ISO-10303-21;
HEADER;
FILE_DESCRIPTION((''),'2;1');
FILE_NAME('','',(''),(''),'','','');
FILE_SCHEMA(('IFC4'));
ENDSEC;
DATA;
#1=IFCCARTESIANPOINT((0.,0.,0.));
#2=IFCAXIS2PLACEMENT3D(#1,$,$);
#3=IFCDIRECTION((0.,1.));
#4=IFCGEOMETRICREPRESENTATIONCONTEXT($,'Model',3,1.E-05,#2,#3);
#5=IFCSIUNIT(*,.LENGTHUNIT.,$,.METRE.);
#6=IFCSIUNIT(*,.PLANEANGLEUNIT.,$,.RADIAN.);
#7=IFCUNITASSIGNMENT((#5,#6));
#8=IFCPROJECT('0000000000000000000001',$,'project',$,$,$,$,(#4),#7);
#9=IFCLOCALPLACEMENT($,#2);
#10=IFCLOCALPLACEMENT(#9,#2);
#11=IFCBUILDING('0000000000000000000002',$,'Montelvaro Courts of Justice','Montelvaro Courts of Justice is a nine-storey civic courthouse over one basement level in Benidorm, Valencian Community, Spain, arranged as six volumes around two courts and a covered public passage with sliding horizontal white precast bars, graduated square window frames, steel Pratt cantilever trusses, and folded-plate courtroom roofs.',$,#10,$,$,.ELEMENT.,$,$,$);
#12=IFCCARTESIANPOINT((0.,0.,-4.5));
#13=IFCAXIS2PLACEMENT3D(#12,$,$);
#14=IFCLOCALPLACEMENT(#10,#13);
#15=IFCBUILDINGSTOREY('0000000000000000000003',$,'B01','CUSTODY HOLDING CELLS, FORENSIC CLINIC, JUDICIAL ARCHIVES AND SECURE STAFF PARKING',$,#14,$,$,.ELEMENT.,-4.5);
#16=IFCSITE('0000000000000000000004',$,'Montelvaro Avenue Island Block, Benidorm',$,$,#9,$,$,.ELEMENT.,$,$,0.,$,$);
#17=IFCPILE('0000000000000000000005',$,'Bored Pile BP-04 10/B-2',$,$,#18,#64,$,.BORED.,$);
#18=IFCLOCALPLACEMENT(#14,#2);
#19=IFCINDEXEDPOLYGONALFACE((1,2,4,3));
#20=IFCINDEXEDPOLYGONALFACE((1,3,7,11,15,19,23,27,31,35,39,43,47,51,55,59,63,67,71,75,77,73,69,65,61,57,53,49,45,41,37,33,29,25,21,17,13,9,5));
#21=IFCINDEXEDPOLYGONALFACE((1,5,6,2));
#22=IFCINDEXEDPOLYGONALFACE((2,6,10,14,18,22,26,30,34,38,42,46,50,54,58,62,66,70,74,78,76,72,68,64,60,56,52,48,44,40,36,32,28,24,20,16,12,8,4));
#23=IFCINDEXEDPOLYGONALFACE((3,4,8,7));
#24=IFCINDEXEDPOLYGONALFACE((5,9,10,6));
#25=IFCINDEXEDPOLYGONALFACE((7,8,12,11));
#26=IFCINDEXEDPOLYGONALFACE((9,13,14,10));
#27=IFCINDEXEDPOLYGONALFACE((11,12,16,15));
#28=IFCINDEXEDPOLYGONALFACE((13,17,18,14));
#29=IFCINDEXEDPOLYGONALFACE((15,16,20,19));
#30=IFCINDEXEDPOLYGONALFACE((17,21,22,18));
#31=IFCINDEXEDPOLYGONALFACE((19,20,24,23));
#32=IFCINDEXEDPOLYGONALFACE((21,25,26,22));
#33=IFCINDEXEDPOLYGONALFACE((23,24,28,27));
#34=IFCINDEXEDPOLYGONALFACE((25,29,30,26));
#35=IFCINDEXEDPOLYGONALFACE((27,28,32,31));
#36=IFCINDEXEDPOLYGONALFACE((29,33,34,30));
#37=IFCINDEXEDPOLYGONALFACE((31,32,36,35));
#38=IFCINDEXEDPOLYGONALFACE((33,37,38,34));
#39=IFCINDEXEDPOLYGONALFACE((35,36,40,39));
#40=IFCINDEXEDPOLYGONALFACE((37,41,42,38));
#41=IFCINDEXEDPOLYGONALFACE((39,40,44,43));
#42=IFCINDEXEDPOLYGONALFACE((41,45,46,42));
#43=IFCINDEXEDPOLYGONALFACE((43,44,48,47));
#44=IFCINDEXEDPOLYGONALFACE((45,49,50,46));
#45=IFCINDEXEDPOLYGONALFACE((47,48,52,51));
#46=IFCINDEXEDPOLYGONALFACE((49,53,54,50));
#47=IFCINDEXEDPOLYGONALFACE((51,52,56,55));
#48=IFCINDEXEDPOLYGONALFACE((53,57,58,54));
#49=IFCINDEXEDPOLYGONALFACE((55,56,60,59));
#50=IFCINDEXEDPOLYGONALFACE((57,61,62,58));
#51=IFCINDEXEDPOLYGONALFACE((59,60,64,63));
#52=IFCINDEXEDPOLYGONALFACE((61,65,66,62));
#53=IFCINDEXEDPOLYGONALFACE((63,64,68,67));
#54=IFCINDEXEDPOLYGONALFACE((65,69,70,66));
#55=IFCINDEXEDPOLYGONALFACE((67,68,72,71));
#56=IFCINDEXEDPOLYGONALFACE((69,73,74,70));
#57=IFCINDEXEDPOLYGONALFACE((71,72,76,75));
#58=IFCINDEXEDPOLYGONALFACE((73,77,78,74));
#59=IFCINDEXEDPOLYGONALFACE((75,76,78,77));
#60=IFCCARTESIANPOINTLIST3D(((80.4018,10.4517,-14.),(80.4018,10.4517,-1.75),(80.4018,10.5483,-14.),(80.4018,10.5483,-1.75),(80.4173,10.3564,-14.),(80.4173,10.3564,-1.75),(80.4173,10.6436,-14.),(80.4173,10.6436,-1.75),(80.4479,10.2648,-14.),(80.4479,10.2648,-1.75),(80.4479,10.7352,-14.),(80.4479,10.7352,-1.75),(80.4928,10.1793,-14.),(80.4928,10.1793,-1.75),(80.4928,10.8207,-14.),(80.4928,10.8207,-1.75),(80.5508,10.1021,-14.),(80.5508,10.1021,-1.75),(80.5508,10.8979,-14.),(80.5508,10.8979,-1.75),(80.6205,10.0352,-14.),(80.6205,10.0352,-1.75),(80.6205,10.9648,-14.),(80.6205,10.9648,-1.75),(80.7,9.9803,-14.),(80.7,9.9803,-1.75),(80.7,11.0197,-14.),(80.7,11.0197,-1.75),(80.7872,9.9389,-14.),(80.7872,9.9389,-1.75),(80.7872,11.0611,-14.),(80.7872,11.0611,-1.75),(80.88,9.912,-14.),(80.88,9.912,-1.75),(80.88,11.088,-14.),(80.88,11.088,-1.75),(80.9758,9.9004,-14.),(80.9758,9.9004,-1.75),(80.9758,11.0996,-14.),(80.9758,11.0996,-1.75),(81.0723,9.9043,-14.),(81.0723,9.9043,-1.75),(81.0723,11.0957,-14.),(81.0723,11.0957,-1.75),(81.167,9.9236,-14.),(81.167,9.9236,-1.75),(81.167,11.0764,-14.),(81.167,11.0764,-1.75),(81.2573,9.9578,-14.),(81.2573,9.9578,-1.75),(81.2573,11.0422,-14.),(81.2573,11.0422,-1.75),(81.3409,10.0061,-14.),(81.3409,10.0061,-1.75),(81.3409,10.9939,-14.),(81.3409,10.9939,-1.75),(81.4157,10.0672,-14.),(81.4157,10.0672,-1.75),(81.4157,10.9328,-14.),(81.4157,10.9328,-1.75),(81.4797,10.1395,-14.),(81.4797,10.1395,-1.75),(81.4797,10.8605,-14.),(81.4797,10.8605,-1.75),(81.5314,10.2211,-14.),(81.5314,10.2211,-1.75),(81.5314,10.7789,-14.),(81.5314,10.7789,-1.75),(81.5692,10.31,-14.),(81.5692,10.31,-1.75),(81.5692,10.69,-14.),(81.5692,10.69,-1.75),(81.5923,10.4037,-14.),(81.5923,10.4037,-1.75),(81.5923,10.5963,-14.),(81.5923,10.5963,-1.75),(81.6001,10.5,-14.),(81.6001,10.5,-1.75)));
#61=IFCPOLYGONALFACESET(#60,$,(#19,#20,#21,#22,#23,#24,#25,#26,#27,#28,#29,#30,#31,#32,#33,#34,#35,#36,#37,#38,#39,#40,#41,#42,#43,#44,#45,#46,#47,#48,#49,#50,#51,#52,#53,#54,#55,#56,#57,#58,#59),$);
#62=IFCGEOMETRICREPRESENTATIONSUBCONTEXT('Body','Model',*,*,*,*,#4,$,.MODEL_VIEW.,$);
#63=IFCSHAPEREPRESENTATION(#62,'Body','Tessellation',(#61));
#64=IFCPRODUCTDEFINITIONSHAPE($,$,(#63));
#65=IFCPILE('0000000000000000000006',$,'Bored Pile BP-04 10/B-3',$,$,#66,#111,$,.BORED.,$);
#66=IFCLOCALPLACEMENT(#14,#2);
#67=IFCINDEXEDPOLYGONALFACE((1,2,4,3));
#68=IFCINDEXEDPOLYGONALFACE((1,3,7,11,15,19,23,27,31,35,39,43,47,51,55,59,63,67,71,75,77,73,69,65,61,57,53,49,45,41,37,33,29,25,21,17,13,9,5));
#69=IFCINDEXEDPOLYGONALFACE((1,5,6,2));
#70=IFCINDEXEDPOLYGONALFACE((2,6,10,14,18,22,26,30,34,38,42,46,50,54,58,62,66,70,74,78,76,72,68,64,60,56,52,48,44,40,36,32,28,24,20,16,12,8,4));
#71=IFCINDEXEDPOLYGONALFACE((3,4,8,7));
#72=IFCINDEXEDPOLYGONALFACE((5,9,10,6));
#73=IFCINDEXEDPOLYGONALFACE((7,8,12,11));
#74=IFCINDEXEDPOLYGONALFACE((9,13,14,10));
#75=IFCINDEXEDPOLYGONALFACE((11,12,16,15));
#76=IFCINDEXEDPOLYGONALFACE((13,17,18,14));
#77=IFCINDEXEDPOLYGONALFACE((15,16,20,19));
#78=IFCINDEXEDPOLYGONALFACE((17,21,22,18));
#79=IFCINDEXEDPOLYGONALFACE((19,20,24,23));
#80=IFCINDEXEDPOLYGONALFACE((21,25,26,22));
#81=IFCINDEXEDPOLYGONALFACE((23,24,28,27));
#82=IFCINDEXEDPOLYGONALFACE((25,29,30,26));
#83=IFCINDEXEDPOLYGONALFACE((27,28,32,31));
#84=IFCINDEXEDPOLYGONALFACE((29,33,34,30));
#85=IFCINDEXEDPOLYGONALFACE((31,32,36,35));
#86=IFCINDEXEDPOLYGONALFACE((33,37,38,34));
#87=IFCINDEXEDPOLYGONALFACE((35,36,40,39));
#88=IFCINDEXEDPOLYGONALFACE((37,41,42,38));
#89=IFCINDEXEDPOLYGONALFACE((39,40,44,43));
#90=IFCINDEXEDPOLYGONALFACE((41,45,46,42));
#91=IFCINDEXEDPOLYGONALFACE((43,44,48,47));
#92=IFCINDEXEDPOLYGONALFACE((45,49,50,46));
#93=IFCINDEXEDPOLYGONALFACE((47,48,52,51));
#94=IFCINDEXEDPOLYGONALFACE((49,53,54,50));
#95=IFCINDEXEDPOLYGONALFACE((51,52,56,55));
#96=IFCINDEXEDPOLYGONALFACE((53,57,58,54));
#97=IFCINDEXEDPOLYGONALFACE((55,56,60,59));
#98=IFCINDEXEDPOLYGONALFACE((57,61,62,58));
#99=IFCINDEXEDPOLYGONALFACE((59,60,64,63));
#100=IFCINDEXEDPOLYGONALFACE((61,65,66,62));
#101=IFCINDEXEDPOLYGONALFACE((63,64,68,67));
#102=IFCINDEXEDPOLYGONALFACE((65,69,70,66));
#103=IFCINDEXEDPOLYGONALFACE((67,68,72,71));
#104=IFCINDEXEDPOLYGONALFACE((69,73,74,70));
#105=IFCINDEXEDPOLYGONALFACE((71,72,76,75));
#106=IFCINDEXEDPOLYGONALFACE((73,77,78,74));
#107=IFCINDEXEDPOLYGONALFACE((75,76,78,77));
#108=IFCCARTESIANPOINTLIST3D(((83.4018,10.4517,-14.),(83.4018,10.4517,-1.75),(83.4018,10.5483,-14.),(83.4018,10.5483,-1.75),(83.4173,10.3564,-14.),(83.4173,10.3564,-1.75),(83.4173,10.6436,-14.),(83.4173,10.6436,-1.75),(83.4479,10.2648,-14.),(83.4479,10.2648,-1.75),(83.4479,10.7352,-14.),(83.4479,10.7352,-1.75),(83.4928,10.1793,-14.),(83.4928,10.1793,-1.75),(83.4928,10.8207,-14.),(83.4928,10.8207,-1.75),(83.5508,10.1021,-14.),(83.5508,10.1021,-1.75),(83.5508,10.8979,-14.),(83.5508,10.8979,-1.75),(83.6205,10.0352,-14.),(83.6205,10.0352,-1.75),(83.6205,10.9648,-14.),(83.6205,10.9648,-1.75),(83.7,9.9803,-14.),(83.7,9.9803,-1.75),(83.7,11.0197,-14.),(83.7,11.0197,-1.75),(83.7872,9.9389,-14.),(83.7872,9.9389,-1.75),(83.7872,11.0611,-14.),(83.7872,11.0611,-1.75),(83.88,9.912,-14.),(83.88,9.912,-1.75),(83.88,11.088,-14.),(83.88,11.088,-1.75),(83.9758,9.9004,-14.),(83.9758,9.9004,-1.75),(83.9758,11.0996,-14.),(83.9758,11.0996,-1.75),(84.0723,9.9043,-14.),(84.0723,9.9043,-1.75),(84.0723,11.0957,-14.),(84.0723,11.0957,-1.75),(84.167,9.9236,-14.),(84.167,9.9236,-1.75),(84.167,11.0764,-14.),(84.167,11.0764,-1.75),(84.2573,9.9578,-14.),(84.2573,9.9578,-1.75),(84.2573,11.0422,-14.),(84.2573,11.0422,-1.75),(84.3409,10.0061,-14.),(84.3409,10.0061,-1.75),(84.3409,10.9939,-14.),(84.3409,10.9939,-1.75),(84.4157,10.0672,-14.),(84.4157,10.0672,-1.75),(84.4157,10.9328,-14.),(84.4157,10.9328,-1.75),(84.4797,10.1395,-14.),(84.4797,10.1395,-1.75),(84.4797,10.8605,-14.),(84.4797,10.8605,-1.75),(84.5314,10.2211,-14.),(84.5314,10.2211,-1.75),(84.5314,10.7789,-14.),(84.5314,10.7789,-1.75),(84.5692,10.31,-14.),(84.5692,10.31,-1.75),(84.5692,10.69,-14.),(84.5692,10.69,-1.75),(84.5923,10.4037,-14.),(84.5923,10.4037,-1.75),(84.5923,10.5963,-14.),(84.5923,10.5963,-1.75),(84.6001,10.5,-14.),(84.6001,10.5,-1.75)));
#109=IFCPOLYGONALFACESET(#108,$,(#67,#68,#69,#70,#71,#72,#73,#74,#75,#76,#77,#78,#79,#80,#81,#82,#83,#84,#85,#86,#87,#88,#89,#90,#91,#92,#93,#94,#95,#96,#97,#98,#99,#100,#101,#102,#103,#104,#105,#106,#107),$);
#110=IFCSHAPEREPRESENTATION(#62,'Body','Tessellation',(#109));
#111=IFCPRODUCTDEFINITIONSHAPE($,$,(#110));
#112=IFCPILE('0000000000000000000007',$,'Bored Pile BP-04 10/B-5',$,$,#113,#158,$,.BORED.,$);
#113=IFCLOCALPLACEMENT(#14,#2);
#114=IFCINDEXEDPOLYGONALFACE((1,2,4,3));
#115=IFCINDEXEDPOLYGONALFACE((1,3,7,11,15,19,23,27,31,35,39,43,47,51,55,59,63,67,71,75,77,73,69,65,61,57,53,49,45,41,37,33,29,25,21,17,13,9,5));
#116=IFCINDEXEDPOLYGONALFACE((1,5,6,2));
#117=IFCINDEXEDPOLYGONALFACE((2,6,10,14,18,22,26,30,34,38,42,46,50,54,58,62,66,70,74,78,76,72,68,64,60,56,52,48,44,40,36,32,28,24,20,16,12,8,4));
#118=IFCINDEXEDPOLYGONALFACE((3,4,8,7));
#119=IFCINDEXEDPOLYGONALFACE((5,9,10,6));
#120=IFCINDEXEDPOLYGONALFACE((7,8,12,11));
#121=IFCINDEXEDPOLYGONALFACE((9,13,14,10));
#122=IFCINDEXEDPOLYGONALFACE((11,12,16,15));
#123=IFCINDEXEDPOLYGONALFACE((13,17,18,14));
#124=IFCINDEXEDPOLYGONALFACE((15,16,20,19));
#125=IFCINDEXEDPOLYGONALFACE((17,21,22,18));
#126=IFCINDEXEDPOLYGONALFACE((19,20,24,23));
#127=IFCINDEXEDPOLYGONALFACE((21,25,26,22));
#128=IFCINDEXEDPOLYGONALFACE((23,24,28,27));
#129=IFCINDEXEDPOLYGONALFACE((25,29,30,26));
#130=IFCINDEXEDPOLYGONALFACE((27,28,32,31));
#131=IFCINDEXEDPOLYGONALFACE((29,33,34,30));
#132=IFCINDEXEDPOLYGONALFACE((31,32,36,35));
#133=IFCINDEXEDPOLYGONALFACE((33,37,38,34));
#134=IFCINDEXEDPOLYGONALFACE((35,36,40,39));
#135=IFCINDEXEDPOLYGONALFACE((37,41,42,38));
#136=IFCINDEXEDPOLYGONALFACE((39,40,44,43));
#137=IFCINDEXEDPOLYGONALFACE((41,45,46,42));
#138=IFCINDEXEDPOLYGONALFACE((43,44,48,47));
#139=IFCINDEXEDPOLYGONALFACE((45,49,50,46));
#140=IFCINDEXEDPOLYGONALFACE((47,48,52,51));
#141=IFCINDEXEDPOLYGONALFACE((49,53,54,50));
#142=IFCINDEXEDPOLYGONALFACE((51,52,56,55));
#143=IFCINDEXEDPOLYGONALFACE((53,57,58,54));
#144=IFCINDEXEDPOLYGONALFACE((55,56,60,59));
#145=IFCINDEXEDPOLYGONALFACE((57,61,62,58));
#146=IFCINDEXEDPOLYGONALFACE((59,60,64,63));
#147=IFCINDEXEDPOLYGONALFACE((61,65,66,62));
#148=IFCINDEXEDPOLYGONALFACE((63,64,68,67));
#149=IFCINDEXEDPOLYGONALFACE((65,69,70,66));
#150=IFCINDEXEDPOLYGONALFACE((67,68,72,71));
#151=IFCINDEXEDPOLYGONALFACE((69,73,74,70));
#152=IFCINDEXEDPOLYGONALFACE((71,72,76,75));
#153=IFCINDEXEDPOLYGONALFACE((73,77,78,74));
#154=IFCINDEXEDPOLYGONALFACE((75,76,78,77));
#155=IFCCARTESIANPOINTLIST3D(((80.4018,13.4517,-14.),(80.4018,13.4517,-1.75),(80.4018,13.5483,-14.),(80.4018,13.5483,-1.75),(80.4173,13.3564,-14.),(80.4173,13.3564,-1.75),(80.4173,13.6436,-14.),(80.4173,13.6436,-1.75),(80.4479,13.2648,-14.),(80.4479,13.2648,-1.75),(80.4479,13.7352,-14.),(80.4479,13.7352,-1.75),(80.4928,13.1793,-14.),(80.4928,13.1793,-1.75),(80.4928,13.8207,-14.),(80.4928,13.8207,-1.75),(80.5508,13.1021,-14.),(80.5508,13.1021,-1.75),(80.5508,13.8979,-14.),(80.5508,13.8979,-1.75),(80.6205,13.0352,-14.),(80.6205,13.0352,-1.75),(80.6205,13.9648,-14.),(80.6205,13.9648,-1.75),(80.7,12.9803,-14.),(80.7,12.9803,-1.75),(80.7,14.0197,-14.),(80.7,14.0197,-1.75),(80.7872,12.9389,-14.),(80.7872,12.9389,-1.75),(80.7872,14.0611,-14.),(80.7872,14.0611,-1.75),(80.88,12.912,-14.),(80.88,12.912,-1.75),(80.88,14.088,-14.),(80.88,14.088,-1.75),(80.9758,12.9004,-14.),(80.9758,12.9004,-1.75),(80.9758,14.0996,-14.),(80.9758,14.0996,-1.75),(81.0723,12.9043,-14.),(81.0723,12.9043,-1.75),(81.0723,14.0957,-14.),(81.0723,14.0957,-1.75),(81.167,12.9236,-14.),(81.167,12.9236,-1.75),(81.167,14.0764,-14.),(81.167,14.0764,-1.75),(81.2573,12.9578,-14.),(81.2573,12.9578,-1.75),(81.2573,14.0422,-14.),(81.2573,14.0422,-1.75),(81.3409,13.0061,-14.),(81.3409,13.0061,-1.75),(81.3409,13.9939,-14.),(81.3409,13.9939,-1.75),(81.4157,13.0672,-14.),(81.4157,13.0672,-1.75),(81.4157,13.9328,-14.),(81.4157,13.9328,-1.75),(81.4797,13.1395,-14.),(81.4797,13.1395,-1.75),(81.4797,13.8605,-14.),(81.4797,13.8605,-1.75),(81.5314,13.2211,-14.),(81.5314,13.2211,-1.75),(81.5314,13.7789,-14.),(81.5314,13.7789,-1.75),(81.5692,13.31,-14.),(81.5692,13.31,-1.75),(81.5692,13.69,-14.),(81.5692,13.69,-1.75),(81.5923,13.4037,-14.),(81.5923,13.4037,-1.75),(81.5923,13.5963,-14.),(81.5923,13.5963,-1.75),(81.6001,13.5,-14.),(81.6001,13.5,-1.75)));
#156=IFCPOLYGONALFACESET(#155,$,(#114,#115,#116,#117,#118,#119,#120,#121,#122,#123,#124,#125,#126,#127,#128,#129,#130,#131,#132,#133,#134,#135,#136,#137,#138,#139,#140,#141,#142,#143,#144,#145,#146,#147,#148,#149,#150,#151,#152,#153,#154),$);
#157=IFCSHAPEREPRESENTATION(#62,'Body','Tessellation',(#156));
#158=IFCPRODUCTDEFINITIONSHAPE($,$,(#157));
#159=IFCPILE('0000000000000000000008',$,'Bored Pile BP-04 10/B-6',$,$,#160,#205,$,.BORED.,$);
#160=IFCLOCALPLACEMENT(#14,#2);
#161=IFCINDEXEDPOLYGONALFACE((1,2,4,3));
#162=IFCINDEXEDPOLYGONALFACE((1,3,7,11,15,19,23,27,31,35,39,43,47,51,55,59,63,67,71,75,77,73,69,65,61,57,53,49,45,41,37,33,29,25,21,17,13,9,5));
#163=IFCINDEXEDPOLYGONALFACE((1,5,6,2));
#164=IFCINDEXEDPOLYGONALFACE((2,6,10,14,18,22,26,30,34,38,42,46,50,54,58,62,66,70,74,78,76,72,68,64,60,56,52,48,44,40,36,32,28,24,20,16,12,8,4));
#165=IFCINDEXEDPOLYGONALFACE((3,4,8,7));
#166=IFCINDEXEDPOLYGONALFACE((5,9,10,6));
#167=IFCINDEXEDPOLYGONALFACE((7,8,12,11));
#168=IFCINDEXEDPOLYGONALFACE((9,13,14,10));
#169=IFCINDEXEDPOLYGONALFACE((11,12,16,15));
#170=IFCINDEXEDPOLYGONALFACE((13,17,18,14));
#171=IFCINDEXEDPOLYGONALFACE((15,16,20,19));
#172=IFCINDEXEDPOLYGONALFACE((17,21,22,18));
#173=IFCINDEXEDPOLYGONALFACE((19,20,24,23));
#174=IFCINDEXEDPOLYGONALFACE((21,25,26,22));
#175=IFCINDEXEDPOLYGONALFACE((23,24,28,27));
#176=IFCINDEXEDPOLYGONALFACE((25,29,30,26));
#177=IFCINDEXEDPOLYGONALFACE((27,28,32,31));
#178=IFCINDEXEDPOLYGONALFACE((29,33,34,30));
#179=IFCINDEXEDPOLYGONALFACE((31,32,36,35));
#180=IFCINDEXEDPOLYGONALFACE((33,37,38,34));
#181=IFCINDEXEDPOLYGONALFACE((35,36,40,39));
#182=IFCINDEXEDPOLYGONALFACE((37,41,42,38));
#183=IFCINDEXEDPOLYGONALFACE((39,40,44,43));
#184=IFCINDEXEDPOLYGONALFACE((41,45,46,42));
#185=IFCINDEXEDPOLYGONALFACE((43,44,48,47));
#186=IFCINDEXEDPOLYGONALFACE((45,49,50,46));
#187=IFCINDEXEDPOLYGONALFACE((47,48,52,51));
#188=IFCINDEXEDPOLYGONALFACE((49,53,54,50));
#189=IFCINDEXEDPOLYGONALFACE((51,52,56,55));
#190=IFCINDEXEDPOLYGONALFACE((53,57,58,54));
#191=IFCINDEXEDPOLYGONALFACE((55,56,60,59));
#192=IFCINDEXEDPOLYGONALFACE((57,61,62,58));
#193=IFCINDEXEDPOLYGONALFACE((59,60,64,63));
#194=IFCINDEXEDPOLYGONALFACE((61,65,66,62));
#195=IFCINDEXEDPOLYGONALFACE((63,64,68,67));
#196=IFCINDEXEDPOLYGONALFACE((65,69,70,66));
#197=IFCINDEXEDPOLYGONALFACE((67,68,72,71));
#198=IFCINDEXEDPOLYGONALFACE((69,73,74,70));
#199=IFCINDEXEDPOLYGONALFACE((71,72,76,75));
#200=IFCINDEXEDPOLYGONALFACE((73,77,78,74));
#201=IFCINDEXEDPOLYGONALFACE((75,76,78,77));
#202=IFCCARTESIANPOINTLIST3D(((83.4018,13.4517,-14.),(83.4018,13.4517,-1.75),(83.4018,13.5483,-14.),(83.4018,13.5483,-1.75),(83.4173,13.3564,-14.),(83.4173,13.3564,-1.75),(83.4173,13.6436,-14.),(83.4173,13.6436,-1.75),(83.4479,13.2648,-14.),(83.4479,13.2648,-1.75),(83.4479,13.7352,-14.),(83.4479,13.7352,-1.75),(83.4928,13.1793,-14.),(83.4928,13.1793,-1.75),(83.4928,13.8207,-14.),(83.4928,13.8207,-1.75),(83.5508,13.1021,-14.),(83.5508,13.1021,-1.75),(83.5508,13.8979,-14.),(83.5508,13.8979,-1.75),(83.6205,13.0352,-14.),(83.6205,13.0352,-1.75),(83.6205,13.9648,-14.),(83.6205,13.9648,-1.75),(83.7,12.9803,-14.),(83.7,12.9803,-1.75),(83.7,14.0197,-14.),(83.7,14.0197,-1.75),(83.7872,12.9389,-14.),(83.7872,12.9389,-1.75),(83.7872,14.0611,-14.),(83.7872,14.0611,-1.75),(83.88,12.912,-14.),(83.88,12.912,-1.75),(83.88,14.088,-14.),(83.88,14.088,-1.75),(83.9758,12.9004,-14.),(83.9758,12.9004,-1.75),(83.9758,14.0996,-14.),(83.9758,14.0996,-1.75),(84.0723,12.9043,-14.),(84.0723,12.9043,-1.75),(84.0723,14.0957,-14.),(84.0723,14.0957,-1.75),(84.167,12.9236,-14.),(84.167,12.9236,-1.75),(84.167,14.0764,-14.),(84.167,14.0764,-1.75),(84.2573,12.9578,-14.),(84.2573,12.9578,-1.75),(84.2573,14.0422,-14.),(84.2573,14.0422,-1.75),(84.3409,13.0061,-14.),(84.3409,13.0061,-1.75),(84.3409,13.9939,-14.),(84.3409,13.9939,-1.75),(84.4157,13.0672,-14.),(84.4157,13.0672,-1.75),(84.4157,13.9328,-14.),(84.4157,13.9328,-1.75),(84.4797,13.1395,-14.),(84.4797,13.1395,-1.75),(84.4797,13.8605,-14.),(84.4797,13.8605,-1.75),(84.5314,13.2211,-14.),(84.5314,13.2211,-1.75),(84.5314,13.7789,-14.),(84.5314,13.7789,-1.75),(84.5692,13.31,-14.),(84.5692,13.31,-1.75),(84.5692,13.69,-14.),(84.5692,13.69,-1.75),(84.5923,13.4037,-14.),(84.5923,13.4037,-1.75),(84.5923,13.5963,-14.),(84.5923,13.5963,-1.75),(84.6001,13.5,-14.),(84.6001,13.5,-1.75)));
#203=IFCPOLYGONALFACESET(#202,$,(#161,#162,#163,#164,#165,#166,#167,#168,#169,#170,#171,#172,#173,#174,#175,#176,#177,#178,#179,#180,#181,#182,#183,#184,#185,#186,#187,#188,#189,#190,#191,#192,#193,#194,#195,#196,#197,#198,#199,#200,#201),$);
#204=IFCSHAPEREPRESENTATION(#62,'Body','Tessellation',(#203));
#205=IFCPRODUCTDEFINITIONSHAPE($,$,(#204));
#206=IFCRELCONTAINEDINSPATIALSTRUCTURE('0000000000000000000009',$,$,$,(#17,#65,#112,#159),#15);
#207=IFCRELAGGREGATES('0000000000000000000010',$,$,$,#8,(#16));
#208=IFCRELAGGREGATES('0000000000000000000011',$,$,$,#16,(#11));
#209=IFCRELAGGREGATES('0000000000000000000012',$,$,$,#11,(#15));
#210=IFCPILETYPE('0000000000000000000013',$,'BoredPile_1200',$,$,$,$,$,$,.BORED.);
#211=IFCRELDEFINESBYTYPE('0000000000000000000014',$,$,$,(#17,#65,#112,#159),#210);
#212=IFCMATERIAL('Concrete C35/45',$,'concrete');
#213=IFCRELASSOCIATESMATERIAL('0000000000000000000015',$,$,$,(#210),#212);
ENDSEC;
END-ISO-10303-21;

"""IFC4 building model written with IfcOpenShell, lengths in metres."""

from ifc_helpers import new_model, si_unit, direction, frame, origin, origin_2d, place, context, subcontext, project, spatial, circle, extrude, material, material_profile, profile_set, type_object, element, save


model = new_model("IFC4")

# Units and contexts
model_context = context("Model", 3, precision=1e-05, world=origin(), true_north=direction((0.0, 1.0)))
body_context = subcontext(model_context, "Body", "Model", "MODEL_VIEW")
ifc_project = project(units=[si_unit("LENGTHUNIT", "METRE"), si_unit("PLANEANGLEUNIT", "RADIAN")], contexts=[model_context])

# Site, building, storey
site_placement = place(None, origin())
site = spatial("IfcSite", under=ifc_project, at=site_placement, Name="Montelvaro Avenue Island Block, Benidorm", CompositionType="ELEMENT", RefElevation=0.0)
building_placement = place(site_placement, origin())
building = spatial("IfcBuilding", under=site, at=building_placement, Name="Montelvaro Courts of Justice", Description="Montelvaro Courts of Justice is a nine-storey civic courthouse over one basement level in Benidorm, Valencian Community, Spain, arranged as six volumes around two courts and a covered public passage with sliding horizontal white precast bars, graduated square window frames, steel Pratt cantilever trusses, and folded-plate courtroom roofs.", CompositionType="ELEMENT")
storey_placement = place(building_placement, frame((0.0, 0.0, -4.5)))
storey = spatial("IfcBuildingStorey", under=building, at=storey_placement, Name="B01", Description="CUSTODY HOLDING CELLS, FORENSIC CLINIC, JUDICIAL ARCHIVES AND SECURE STAFF PARKING", CompositionType="ELEMENT", Elevation=-4.5)

# Piles
ifc_material_1 = material(Name="Concrete C35/45", Category="concrete")
ifc_material_profile_1 = material_profile(ifc_material_1, circle(Radius=0.6001, at=origin_2d()), Name="BORED PILE D1200")
ifc_profile_set_1 = profile_set([ifc_material_profile_1], Name="Concrete C35/45")
pile_type_1 = type_object("IfcPileType", Name="BoredPile_1200", PredefinedType="BORED", material=ifc_profile_set_1)
for number, where, z_axis, x_axis, name in (
    (1, (81.0, 10.5, -1.75), (0.0, 0.0, -1.0), (1.0, 0.0, 0.0), "Bored Pile BP-04 10/B-2"),
    (2, (84.0, 10.5, -1.75), (0.0, 0.0, -1.0), (1.0, 0.0, 0.0), "Bored Pile BP-04 10/B-3"),
    (3, (81.0, 13.5, -1.75), (0.0, 0.0, -1.0), (1.0, 0.0, 0.0), "Bored Pile BP-04 10/B-5"),
    (4, (84.0, 13.5, -1.75), (0.0, 0.0, -1.0), (1.0, 0.0, 0.0), "Bored Pile BP-04 10/B-6"),
):
    element("IfcPile", number, at=place(storey_placement, frame(where, z_axis=z_axis, x_axis=x_axis)), inside=storey, type_object=pile_type_1, Name=name, PredefinedType="BORED", context=body_context, shape_type="SweptSolid", body=[
        extrude(circle(Radius=0.6001, at=origin_2d()), origin(), (0.0, 0.0, 1.0), 12.25),
    ])

save(model, "model.ifc")
